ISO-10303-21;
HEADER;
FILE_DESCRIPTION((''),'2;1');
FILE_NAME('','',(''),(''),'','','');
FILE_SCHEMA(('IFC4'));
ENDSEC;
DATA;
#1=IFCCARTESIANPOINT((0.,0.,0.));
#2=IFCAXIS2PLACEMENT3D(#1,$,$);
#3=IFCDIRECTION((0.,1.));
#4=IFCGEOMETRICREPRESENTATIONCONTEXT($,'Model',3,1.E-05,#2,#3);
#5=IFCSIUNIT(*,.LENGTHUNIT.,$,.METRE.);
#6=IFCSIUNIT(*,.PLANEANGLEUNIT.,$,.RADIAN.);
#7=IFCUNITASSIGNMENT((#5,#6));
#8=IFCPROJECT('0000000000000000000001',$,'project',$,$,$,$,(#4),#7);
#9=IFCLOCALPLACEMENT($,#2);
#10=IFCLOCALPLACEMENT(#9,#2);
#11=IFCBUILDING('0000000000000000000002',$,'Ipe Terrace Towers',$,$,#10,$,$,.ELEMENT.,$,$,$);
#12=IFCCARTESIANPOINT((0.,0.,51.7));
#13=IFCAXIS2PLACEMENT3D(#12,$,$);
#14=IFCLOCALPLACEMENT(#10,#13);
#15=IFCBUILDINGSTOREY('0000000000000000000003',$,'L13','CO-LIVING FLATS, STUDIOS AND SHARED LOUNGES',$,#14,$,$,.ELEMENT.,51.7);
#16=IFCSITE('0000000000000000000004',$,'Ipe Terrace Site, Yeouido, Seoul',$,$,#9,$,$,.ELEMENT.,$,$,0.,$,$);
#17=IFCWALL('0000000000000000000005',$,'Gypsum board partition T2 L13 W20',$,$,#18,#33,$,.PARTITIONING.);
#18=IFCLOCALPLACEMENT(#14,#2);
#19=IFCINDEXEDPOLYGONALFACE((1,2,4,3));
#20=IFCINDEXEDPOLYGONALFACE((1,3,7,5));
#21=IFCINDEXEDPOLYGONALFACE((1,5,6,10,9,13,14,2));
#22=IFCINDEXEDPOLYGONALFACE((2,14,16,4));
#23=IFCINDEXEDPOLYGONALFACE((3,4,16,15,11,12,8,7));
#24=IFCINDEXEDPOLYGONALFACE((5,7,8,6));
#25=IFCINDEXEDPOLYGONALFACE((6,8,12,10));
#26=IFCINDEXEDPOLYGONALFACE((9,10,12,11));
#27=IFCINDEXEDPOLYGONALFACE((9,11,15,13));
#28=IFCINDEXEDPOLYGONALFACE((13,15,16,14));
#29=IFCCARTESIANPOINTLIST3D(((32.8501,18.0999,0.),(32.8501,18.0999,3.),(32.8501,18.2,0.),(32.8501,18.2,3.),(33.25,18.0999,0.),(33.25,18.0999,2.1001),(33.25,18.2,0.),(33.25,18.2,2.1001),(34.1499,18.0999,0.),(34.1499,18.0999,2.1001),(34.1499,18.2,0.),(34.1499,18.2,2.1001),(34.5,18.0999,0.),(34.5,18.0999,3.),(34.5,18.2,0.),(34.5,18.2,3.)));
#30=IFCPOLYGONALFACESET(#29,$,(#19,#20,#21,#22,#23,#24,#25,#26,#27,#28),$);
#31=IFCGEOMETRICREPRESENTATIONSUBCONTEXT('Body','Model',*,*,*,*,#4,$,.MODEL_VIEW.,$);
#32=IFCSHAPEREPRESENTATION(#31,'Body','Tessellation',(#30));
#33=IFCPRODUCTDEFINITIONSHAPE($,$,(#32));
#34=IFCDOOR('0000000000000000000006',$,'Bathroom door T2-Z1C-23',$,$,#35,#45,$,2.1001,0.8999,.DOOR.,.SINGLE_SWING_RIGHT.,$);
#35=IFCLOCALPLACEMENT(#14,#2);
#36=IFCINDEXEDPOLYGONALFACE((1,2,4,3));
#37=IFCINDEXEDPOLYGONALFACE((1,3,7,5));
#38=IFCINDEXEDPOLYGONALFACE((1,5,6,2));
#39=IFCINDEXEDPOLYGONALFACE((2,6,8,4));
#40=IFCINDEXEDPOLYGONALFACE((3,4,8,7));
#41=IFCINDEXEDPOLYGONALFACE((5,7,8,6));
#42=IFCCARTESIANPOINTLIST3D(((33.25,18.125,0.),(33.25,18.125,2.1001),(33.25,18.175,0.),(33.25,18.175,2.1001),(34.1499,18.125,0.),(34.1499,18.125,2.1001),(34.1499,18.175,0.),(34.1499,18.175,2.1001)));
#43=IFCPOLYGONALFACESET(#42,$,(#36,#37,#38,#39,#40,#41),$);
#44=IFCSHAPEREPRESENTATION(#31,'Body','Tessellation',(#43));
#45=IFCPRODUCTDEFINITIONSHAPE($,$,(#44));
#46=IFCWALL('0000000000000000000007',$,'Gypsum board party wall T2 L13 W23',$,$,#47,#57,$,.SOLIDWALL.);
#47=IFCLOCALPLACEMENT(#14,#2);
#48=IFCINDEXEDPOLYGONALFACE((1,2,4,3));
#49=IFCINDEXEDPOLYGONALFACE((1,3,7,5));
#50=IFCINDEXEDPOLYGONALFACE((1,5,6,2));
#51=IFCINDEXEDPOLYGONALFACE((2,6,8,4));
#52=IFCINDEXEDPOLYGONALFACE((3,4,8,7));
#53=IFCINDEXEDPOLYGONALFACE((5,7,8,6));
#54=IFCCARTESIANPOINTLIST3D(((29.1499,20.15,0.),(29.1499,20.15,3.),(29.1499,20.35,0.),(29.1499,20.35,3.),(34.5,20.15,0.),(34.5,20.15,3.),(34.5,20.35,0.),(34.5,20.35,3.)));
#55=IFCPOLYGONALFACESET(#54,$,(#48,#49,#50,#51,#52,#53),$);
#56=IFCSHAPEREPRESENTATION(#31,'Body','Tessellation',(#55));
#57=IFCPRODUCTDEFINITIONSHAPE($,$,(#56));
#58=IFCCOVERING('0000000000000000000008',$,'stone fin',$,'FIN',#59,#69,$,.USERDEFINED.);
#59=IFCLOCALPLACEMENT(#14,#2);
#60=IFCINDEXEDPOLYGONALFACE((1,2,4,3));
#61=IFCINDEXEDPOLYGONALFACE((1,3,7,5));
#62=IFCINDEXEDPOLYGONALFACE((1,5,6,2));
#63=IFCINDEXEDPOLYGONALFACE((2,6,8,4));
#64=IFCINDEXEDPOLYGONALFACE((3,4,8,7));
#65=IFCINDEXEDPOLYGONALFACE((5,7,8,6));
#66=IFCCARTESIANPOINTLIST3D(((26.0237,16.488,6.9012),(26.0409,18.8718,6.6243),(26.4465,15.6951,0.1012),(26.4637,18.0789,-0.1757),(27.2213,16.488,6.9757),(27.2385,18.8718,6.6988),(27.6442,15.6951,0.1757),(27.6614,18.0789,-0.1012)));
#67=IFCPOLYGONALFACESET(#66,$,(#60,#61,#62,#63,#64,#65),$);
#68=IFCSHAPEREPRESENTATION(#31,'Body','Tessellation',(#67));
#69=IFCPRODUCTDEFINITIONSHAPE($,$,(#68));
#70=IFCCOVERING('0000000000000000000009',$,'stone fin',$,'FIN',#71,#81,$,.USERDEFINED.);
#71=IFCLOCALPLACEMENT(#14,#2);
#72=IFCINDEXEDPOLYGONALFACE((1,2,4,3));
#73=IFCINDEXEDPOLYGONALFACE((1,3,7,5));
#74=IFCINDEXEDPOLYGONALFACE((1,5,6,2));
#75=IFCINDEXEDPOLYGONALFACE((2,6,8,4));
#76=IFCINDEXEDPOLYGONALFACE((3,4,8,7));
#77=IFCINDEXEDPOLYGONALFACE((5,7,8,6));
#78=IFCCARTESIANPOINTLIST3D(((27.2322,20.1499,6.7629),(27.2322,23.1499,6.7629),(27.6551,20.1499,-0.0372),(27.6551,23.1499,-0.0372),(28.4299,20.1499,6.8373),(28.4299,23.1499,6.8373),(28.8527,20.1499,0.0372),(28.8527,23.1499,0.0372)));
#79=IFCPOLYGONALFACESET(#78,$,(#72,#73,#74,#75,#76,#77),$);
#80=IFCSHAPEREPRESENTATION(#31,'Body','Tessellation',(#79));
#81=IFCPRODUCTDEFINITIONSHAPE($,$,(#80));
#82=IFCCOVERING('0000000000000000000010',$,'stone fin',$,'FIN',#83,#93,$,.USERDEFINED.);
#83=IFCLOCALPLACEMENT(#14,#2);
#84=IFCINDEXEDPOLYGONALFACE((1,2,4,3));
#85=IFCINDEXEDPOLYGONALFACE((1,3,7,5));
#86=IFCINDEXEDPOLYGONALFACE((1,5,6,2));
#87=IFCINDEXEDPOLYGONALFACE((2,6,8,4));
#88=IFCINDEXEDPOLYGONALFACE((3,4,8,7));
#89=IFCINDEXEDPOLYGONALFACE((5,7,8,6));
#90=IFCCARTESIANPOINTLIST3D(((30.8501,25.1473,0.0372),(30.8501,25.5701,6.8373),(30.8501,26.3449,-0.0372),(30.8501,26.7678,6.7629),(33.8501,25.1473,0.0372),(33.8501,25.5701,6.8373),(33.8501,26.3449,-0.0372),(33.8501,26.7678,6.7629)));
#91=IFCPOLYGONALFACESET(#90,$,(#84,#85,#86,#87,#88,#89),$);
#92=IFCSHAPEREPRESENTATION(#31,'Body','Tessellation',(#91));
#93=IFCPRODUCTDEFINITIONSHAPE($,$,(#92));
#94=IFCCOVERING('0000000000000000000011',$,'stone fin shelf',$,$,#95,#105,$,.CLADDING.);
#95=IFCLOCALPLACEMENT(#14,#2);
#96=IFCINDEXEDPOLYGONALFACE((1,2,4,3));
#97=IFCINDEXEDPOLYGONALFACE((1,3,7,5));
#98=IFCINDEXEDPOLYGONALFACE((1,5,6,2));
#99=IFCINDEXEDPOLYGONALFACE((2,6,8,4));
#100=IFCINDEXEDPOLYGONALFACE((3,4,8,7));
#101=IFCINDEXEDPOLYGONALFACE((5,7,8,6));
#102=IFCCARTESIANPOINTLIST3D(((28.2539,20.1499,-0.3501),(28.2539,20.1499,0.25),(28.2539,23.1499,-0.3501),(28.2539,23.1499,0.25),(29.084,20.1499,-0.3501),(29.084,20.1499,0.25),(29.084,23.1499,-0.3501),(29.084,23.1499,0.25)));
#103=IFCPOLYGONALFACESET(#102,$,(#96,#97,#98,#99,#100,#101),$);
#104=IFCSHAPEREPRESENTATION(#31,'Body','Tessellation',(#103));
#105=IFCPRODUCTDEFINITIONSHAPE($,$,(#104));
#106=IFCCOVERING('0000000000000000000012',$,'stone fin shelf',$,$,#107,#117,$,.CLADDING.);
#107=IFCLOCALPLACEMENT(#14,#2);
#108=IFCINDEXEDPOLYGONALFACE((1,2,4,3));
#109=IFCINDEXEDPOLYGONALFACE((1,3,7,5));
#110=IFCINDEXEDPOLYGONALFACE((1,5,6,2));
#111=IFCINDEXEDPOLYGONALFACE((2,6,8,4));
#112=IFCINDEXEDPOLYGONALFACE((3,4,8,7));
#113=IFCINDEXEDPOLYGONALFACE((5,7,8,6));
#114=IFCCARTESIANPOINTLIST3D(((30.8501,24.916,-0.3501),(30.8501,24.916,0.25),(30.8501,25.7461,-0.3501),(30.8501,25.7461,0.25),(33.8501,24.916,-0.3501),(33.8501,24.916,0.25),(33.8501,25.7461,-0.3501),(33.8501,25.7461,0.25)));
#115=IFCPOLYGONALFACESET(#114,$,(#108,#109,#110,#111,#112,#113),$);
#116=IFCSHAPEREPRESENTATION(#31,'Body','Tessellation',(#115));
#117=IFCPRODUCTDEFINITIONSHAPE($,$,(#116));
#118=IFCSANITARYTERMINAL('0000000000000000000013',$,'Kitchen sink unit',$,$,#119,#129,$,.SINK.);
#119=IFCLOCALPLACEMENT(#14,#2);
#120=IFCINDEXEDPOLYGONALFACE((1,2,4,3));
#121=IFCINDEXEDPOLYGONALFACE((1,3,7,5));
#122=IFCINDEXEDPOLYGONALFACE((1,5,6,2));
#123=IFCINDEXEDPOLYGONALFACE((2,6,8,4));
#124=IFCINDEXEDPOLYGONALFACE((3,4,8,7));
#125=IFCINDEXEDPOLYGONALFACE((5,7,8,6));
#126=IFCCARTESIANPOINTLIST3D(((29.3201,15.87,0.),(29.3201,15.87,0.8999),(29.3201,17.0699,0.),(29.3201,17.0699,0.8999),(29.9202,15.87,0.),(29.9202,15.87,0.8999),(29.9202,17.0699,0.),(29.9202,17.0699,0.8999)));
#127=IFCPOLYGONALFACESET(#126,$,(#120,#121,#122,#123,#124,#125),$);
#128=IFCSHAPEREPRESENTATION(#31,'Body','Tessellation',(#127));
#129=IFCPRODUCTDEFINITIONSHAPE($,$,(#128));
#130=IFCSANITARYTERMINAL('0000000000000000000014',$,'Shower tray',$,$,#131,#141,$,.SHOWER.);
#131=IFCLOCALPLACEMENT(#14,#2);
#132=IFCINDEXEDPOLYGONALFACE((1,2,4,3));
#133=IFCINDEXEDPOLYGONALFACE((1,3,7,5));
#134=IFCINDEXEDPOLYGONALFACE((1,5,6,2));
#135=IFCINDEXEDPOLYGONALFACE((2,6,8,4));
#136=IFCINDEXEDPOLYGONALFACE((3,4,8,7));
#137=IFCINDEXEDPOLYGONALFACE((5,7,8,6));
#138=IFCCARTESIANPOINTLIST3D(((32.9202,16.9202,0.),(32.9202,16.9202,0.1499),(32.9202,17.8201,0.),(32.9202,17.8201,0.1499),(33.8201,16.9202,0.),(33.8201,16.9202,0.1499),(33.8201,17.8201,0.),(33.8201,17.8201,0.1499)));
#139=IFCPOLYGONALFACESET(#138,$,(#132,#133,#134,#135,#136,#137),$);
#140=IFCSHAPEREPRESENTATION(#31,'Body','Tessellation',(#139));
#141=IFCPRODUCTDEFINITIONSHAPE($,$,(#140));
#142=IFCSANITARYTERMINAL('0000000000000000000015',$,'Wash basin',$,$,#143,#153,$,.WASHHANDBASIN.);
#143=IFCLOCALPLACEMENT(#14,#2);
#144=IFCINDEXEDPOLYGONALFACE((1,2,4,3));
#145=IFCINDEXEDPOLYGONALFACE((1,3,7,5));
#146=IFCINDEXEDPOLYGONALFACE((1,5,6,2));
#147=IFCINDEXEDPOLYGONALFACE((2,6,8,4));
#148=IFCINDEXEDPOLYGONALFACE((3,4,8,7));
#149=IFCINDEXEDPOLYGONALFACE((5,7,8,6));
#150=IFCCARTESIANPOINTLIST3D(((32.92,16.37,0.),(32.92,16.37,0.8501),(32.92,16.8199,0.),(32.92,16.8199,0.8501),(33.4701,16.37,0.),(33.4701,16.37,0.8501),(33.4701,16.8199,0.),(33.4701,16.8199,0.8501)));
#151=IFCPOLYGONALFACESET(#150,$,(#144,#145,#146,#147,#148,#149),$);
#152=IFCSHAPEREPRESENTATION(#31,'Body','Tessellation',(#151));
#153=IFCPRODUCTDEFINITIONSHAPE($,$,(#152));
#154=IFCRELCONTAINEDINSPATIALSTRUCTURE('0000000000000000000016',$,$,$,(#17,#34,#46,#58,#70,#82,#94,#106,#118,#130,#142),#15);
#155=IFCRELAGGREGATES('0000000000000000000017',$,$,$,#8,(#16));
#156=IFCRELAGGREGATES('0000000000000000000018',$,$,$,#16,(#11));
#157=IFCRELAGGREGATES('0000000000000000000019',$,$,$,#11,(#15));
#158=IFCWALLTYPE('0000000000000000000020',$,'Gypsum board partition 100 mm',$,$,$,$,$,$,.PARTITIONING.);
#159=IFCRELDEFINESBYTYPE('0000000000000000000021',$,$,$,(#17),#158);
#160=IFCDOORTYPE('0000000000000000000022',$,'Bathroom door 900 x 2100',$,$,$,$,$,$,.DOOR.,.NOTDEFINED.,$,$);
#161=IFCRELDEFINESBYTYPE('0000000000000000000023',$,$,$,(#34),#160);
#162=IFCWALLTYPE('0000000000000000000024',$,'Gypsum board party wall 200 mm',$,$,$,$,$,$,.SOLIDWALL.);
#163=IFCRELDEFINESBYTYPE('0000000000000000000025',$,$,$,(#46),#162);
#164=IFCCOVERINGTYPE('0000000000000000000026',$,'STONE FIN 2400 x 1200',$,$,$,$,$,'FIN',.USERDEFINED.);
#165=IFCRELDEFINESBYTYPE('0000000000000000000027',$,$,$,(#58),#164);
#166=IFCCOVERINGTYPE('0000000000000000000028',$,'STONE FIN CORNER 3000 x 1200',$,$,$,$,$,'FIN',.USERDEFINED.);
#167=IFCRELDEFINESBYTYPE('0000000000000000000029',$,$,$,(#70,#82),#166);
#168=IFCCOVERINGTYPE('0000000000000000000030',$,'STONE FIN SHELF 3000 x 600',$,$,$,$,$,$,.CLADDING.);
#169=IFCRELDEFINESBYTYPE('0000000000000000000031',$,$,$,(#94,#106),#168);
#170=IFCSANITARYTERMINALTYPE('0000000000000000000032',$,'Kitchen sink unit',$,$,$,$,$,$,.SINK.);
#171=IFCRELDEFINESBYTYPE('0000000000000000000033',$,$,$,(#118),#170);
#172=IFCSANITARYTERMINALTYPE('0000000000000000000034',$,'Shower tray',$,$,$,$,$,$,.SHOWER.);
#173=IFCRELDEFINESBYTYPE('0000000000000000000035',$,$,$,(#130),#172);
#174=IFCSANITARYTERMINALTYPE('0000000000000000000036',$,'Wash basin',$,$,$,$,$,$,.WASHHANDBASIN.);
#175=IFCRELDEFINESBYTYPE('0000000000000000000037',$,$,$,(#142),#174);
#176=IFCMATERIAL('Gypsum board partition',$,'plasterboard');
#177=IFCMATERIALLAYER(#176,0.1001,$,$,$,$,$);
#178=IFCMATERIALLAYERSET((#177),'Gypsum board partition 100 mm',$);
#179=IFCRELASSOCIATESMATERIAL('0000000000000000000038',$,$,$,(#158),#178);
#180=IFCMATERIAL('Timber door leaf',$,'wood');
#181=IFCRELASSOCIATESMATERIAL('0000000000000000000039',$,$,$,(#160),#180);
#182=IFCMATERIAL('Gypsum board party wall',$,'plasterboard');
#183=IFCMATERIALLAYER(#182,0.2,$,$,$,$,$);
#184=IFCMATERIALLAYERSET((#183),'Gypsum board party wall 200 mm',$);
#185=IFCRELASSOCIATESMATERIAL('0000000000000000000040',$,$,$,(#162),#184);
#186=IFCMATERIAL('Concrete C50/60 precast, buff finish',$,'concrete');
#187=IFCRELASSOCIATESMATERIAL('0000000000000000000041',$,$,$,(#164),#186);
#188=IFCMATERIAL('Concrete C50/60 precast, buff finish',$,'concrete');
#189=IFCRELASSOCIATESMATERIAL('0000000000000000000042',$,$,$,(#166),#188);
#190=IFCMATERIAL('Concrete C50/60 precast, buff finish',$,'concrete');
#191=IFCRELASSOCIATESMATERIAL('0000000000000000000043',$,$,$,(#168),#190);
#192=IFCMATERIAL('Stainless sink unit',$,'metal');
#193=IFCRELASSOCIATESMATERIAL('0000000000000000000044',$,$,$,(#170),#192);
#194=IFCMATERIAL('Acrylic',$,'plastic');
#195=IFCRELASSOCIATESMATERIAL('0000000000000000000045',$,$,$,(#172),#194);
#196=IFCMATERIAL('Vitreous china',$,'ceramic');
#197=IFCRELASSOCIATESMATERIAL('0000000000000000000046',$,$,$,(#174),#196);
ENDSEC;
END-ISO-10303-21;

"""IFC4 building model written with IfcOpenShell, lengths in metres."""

from ifc_helpers import new_model, si_unit, direction, frame, frame_2d, origin, origin_2d, place, context, subcontext, project, spatial, rectangle, extrude, material, layer, layer_set, material_profile, profile_set, type_object, element, fill, save


model = new_model("IFC4")

# Units and contexts
model_context = context("Model", 3, precision=1e-05, world=origin(), true_north=direction((0.0, 1.0)))
body_context = subcontext(model_context, "Body", "Model", "MODEL_VIEW")
ifc_project = project(units=[si_unit("LENGTHUNIT", "METRE"), si_unit("PLANEANGLEUNIT", "RADIAN")], contexts=[model_context])

# Site, building, storey
site_placement = place(None, origin())
site = spatial("IfcSite", under=ifc_project, at=site_placement, Name="Ipe Terrace Site, Yeouido, Seoul", CompositionType="ELEMENT", RefElevation=0.0)
building_placement = place(site_placement, origin())
building = spatial("IfcBuilding", under=site, at=building_placement, Name="Ipe Terrace Towers", CompositionType="ELEMENT")
storey_placement = place(building_placement, frame((0.0, 0.0, 51.7)))
storey = spatial("IfcBuildingStorey", under=building, at=storey_placement, Name="L13", Description="CO-LIVING FLATS, STUDIOS AND SHARED LOUNGES", CompositionType="ELEMENT", Elevation=51.7)

# Wall, opening, door
ifc_material_1 = material(Name="Gypsum board partition", Category="plasterboard")
ifc_layer_1 = layer(ifc_material_1, 0.1001)
ifc_layer_set_1 = layer_set([ifc_layer_1], Name="Gypsum board partition 100 mm")
wall_type_1 = type_object("IfcWallType", Name="Gypsum board partition 100 mm", PredefinedType="PARTITIONING", material=ifc_layer_set_1)
wall_1_placement = place(storey_placement, frame((34.5, 18.1499, 0.0), z_axis=(0.0, 0.0, 1.0), x_axis=(-1.0, 0.0, 0.0)))
wall_1 = element("IfcWall", 1, at=wall_1_placement, inside=storey, type_object=wall_type_1, Name="Gypsum board partition T2 L13 W20", PredefinedType="PARTITIONING", context=body_context, shape_type="SweptSolid", body=[
    extrude(rectangle(XDim=1.6499, YDim=0.1001, at=frame_2d((0.825, 0.0))), origin(), (0.0, 0.0, 1.0), 3.0),
])
opening_placement = place(wall_1_placement, frame((0.3501, 0.0, 0.0)))
opening = element("IfcOpeningElement", 2, at=opening_placement, cuts=wall_1, PredefinedType="OPENING", context=body_context, shape_type="SweptSolid", body=[
    extrude(rectangle(XDim=0.8999, YDim=2.1001, at=frame_2d((0.45, 1.05))), frame((0.0, 0.0601, 0.0), z_axis=(0.0, -1.0, 0.0), x_axis=(1.0, 0.0, 0.0)), (0.0, 0.0, 1.0), 0.1201),
])
ifc_material_2 = material(Name="Timber door leaf", Category="wood")
door_type = type_object("IfcDoorType", Name="Bathroom door 900 x 2100", OperationType="NOTDEFINED", PredefinedType="DOOR", material=ifc_material_2)
door_placement = place(opening_placement, origin())
door = element("IfcDoor", 3, at=door_placement, inside=storey, type_object=door_type, Name="Bathroom door T2-Z1C-23", OperationType="SINGLE_SWING_RIGHT", OverallHeight=2.1001, OverallWidth=0.8999, PredefinedType="DOOR", context=body_context, shape_type="SweptSolid", body=[
    extrude(rectangle(XDim=0.8999, YDim=2.1001, at=frame_2d((0.45, 1.05))), frame((0.0, 0.0249, 0.0), z_axis=(0.0, -1.0, 0.0), x_axis=(1.0, 0.0, 0.0)), (0.0, 0.0, 1.0), 0.05),
])
fill(opening, door)

# Wall
ifc_material_3 = material(Name="Gypsum board party wall", Category="plasterboard")
ifc_layer_2 = layer(ifc_material_3, 0.2)
ifc_layer_set_2 = layer_set([ifc_layer_2], Name="Gypsum board party wall 200 mm")
wall_type_2 = type_object("IfcWallType", Name="Gypsum board party wall 200 mm", PredefinedType="SOLIDWALL", material=ifc_layer_set_2)
wall_2_placement = place(storey_placement, frame((34.5, 20.25, 0.0), z_axis=(0.0, 0.0, 1.0), x_axis=(-1.0, 0.0, 0.0)))
element("IfcWall", 4, at=wall_2_placement, inside=storey, type_object=wall_type_2, Name="Gypsum board party wall T2 L13 W23", PredefinedType="SOLIDWALL", context=body_context, shape_type="SweptSolid", body=[
    extrude(rectangle(XDim=5.3501, YDim=0.2, at=frame_2d((2.675, 0.0))), origin(), (0.0, 0.0, 1.0), 3.0),
])

# Coverings
ifc_material_4 = material(Name="Concrete C50/60 precast, buff finish", Category="concrete")
ifc_material_profile_1 = material_profile(ifc_material_4, rectangle(XDim=2.3999, YDim=1.2, at=origin_2d()), Name="STONE FIN 2400 x 1200")
ifc_profile_set_1 = profile_set([ifc_material_profile_1], Name="Concrete C50/60 precast, buff finish")
covering_type_1 = type_object("IfcCoveringType", Name="STONE FIN 2400 x 1200", ElementType="FIN", PredefinedType="USERDEFINED", material=ifc_profile_set_1)
covering_placement = place(storey_placement, frame((27.054, 16.887, 0.0), z_axis=(-0.061648, 0.115607, 0.99138), x_axis=(-0.007175, -0.993295, 0.115384)))
element("IfcCovering", 5, at=covering_placement, inside=storey, type_object=covering_type_1, Name="stone fin", ObjectType="FIN", PredefinedType="USERDEFINED", context=body_context, shape_type="SweptSolid", body=[
    extrude(rectangle(XDim=2.3999, YDim=1.2, at=origin_2d()), origin(), (0.0, 0.0, 1.0), 6.8591),
])
ifc_material_5 = material(Name="Concrete C50/60 precast, buff finish", Category="concrete")
ifc_material_profile_2 = material_profile(ifc_material_5, rectangle(XDim=3.0, YDim=1.2, at=origin_2d()), Name="STONE FIN CORNER 3000 x 1200")
ifc_profile_set_2 = profile_set([ifc_material_profile_2], Name="Concrete C50/60 precast, buff finish")
covering_type_2 = type_object("IfcCoveringType", Name="STONE FIN CORNER 3000 x 1200", ElementType="FIN", PredefinedType="USERDEFINED", material=ifc_profile_set_2)
for number, where, z_axis, x_axis, name in (
    (6, (28.2539, 21.6499, 0.0), (-0.062064, 0.0, 0.998072), (0.0, -1.0, 0.0), "stone fin"),
    (7, (32.3501, 25.7461, 0.0), (0.0, 0.062064, 0.998072), (-1.0, 0.0, 0.0), "stone fin"),
):
    element("IfcCovering", number, at=place(storey_placement, frame(where, z_axis=z_axis, x_axis=x_axis)), inside=storey, type_object=covering_type_2, Name=name, ObjectType="FIN", PredefinedType="USERDEFINED", context=body_context, shape_type="SweptSolid", body=[
        extrude(rectangle(XDim=3.0, YDim=1.2, at=origin_2d()), origin(), (0.0, 0.0, 1.0), 6.8132),
    ])
ifc_material_6 = material(Name="Concrete C50/60 precast, buff finish", Category="concrete")
covering_type_3 = type_object("IfcCoveringType", Name="STONE FIN SHELF 3000 x 600", PredefinedType="CLADDING", material=ifc_material_6)
for number, where, z_axis, x_axis, name in (
    (8, (28.6689, 21.6499, -0.3501), (0.0, 0.0, 1.0), (0.0, -1.0, 0.0), "stone fin shelf"),
    (9, (32.3501, 25.3311, -0.3501), (0.0, 0.0, 1.0), (-1.0, 0.0, 0.0), "stone fin shelf"),
):
    element("IfcCovering", number, at=place(storey_placement, frame(where, z_axis=z_axis, x_axis=x_axis)), inside=storey, type_object=covering_type_3, Name=name, PredefinedType="CLADDING", context=body_context, shape_type="SweptSolid", body=[
        extrude(rectangle(XDim=3.0, YDim=0.8301, at=origin_2d()), origin(), (0.0, 0.0, 1.0), 0.6001),
    ])

# Sanitary terminals
ifc_material_7 = material(Name="Stainless sink unit", Category="metal")
sanitary_terminal_type_1 = type_object("IfcSanitaryTerminalType", Name="Kitchen sink unit", PredefinedType="SINK", material=ifc_material_7)
sanitary_terminal_1_placement = place(storey_placement, frame((29.6201, 16.47, 0.0), z_axis=(0.0, 0.0, 1.0), x_axis=(0.0, 1.0, 0.0)))
element("IfcSanitaryTerminal", 10, at=sanitary_terminal_1_placement, inside=storey, type_object=sanitary_terminal_type_1, Name="Kitchen sink unit", PredefinedType="SINK", context=body_context, shape_type="SweptSolid", body=[
    extrude(rectangle(XDim=1.2, YDim=0.6001, at=origin_2d()), origin(), (0.0, 0.0, 1.0), 0.8999),
])
ifc_material_8 = material(Name="Acrylic", Category="plastic")
sanitary_terminal_type_2 = type_object("IfcSanitaryTerminalType", Name="Shower tray", PredefinedType="SHOWER", material=ifc_material_8)
sanitary_terminal_2_placement = place(storey_placement, frame((33.3701, 17.3701, 0.0), z_axis=(0.0, 0.0, 1.0), x_axis=(1.0, 0.0, 0.0)))
element("IfcSanitaryTerminal", 11, at=sanitary_terminal_2_placement, inside=storey, type_object=sanitary_terminal_type_2, Name="Shower tray", PredefinedType="SHOWER", context=body_context, shape_type="SweptSolid", body=[
    extrude(rectangle(XDim=0.8999, YDim=0.8999, at=origin_2d()), origin(), (0.0, 0.0, 1.0), 0.1499),
])
ifc_material_9 = material(Name="Vitreous china", Category="ceramic")
sanitary_terminal_type_3 = type_object("IfcSanitaryTerminalType", Name="Wash basin", PredefinedType="WASHHANDBASIN", material=ifc_material_9)
sanitary_terminal_3_placement = place(storey_placement, frame((33.1951, 16.595, 0.0), z_axis=(0.0, 0.0, 1.0), x_axis=(1.0, 0.0, 0.0)))
element("IfcSanitaryTerminal", 12, at=sanitary_terminal_3_placement, inside=storey, type_object=sanitary_terminal_type_3, Name="Wash basin", PredefinedType="WASHHANDBASIN", context=body_context, shape_type="SweptSolid", body=[
    extrude(rectangle(XDim=0.55, YDim=0.45, at=origin_2d()), origin(), (0.0, 0.0, 1.0), 0.8501),
])

save(model, "model.ifc")
